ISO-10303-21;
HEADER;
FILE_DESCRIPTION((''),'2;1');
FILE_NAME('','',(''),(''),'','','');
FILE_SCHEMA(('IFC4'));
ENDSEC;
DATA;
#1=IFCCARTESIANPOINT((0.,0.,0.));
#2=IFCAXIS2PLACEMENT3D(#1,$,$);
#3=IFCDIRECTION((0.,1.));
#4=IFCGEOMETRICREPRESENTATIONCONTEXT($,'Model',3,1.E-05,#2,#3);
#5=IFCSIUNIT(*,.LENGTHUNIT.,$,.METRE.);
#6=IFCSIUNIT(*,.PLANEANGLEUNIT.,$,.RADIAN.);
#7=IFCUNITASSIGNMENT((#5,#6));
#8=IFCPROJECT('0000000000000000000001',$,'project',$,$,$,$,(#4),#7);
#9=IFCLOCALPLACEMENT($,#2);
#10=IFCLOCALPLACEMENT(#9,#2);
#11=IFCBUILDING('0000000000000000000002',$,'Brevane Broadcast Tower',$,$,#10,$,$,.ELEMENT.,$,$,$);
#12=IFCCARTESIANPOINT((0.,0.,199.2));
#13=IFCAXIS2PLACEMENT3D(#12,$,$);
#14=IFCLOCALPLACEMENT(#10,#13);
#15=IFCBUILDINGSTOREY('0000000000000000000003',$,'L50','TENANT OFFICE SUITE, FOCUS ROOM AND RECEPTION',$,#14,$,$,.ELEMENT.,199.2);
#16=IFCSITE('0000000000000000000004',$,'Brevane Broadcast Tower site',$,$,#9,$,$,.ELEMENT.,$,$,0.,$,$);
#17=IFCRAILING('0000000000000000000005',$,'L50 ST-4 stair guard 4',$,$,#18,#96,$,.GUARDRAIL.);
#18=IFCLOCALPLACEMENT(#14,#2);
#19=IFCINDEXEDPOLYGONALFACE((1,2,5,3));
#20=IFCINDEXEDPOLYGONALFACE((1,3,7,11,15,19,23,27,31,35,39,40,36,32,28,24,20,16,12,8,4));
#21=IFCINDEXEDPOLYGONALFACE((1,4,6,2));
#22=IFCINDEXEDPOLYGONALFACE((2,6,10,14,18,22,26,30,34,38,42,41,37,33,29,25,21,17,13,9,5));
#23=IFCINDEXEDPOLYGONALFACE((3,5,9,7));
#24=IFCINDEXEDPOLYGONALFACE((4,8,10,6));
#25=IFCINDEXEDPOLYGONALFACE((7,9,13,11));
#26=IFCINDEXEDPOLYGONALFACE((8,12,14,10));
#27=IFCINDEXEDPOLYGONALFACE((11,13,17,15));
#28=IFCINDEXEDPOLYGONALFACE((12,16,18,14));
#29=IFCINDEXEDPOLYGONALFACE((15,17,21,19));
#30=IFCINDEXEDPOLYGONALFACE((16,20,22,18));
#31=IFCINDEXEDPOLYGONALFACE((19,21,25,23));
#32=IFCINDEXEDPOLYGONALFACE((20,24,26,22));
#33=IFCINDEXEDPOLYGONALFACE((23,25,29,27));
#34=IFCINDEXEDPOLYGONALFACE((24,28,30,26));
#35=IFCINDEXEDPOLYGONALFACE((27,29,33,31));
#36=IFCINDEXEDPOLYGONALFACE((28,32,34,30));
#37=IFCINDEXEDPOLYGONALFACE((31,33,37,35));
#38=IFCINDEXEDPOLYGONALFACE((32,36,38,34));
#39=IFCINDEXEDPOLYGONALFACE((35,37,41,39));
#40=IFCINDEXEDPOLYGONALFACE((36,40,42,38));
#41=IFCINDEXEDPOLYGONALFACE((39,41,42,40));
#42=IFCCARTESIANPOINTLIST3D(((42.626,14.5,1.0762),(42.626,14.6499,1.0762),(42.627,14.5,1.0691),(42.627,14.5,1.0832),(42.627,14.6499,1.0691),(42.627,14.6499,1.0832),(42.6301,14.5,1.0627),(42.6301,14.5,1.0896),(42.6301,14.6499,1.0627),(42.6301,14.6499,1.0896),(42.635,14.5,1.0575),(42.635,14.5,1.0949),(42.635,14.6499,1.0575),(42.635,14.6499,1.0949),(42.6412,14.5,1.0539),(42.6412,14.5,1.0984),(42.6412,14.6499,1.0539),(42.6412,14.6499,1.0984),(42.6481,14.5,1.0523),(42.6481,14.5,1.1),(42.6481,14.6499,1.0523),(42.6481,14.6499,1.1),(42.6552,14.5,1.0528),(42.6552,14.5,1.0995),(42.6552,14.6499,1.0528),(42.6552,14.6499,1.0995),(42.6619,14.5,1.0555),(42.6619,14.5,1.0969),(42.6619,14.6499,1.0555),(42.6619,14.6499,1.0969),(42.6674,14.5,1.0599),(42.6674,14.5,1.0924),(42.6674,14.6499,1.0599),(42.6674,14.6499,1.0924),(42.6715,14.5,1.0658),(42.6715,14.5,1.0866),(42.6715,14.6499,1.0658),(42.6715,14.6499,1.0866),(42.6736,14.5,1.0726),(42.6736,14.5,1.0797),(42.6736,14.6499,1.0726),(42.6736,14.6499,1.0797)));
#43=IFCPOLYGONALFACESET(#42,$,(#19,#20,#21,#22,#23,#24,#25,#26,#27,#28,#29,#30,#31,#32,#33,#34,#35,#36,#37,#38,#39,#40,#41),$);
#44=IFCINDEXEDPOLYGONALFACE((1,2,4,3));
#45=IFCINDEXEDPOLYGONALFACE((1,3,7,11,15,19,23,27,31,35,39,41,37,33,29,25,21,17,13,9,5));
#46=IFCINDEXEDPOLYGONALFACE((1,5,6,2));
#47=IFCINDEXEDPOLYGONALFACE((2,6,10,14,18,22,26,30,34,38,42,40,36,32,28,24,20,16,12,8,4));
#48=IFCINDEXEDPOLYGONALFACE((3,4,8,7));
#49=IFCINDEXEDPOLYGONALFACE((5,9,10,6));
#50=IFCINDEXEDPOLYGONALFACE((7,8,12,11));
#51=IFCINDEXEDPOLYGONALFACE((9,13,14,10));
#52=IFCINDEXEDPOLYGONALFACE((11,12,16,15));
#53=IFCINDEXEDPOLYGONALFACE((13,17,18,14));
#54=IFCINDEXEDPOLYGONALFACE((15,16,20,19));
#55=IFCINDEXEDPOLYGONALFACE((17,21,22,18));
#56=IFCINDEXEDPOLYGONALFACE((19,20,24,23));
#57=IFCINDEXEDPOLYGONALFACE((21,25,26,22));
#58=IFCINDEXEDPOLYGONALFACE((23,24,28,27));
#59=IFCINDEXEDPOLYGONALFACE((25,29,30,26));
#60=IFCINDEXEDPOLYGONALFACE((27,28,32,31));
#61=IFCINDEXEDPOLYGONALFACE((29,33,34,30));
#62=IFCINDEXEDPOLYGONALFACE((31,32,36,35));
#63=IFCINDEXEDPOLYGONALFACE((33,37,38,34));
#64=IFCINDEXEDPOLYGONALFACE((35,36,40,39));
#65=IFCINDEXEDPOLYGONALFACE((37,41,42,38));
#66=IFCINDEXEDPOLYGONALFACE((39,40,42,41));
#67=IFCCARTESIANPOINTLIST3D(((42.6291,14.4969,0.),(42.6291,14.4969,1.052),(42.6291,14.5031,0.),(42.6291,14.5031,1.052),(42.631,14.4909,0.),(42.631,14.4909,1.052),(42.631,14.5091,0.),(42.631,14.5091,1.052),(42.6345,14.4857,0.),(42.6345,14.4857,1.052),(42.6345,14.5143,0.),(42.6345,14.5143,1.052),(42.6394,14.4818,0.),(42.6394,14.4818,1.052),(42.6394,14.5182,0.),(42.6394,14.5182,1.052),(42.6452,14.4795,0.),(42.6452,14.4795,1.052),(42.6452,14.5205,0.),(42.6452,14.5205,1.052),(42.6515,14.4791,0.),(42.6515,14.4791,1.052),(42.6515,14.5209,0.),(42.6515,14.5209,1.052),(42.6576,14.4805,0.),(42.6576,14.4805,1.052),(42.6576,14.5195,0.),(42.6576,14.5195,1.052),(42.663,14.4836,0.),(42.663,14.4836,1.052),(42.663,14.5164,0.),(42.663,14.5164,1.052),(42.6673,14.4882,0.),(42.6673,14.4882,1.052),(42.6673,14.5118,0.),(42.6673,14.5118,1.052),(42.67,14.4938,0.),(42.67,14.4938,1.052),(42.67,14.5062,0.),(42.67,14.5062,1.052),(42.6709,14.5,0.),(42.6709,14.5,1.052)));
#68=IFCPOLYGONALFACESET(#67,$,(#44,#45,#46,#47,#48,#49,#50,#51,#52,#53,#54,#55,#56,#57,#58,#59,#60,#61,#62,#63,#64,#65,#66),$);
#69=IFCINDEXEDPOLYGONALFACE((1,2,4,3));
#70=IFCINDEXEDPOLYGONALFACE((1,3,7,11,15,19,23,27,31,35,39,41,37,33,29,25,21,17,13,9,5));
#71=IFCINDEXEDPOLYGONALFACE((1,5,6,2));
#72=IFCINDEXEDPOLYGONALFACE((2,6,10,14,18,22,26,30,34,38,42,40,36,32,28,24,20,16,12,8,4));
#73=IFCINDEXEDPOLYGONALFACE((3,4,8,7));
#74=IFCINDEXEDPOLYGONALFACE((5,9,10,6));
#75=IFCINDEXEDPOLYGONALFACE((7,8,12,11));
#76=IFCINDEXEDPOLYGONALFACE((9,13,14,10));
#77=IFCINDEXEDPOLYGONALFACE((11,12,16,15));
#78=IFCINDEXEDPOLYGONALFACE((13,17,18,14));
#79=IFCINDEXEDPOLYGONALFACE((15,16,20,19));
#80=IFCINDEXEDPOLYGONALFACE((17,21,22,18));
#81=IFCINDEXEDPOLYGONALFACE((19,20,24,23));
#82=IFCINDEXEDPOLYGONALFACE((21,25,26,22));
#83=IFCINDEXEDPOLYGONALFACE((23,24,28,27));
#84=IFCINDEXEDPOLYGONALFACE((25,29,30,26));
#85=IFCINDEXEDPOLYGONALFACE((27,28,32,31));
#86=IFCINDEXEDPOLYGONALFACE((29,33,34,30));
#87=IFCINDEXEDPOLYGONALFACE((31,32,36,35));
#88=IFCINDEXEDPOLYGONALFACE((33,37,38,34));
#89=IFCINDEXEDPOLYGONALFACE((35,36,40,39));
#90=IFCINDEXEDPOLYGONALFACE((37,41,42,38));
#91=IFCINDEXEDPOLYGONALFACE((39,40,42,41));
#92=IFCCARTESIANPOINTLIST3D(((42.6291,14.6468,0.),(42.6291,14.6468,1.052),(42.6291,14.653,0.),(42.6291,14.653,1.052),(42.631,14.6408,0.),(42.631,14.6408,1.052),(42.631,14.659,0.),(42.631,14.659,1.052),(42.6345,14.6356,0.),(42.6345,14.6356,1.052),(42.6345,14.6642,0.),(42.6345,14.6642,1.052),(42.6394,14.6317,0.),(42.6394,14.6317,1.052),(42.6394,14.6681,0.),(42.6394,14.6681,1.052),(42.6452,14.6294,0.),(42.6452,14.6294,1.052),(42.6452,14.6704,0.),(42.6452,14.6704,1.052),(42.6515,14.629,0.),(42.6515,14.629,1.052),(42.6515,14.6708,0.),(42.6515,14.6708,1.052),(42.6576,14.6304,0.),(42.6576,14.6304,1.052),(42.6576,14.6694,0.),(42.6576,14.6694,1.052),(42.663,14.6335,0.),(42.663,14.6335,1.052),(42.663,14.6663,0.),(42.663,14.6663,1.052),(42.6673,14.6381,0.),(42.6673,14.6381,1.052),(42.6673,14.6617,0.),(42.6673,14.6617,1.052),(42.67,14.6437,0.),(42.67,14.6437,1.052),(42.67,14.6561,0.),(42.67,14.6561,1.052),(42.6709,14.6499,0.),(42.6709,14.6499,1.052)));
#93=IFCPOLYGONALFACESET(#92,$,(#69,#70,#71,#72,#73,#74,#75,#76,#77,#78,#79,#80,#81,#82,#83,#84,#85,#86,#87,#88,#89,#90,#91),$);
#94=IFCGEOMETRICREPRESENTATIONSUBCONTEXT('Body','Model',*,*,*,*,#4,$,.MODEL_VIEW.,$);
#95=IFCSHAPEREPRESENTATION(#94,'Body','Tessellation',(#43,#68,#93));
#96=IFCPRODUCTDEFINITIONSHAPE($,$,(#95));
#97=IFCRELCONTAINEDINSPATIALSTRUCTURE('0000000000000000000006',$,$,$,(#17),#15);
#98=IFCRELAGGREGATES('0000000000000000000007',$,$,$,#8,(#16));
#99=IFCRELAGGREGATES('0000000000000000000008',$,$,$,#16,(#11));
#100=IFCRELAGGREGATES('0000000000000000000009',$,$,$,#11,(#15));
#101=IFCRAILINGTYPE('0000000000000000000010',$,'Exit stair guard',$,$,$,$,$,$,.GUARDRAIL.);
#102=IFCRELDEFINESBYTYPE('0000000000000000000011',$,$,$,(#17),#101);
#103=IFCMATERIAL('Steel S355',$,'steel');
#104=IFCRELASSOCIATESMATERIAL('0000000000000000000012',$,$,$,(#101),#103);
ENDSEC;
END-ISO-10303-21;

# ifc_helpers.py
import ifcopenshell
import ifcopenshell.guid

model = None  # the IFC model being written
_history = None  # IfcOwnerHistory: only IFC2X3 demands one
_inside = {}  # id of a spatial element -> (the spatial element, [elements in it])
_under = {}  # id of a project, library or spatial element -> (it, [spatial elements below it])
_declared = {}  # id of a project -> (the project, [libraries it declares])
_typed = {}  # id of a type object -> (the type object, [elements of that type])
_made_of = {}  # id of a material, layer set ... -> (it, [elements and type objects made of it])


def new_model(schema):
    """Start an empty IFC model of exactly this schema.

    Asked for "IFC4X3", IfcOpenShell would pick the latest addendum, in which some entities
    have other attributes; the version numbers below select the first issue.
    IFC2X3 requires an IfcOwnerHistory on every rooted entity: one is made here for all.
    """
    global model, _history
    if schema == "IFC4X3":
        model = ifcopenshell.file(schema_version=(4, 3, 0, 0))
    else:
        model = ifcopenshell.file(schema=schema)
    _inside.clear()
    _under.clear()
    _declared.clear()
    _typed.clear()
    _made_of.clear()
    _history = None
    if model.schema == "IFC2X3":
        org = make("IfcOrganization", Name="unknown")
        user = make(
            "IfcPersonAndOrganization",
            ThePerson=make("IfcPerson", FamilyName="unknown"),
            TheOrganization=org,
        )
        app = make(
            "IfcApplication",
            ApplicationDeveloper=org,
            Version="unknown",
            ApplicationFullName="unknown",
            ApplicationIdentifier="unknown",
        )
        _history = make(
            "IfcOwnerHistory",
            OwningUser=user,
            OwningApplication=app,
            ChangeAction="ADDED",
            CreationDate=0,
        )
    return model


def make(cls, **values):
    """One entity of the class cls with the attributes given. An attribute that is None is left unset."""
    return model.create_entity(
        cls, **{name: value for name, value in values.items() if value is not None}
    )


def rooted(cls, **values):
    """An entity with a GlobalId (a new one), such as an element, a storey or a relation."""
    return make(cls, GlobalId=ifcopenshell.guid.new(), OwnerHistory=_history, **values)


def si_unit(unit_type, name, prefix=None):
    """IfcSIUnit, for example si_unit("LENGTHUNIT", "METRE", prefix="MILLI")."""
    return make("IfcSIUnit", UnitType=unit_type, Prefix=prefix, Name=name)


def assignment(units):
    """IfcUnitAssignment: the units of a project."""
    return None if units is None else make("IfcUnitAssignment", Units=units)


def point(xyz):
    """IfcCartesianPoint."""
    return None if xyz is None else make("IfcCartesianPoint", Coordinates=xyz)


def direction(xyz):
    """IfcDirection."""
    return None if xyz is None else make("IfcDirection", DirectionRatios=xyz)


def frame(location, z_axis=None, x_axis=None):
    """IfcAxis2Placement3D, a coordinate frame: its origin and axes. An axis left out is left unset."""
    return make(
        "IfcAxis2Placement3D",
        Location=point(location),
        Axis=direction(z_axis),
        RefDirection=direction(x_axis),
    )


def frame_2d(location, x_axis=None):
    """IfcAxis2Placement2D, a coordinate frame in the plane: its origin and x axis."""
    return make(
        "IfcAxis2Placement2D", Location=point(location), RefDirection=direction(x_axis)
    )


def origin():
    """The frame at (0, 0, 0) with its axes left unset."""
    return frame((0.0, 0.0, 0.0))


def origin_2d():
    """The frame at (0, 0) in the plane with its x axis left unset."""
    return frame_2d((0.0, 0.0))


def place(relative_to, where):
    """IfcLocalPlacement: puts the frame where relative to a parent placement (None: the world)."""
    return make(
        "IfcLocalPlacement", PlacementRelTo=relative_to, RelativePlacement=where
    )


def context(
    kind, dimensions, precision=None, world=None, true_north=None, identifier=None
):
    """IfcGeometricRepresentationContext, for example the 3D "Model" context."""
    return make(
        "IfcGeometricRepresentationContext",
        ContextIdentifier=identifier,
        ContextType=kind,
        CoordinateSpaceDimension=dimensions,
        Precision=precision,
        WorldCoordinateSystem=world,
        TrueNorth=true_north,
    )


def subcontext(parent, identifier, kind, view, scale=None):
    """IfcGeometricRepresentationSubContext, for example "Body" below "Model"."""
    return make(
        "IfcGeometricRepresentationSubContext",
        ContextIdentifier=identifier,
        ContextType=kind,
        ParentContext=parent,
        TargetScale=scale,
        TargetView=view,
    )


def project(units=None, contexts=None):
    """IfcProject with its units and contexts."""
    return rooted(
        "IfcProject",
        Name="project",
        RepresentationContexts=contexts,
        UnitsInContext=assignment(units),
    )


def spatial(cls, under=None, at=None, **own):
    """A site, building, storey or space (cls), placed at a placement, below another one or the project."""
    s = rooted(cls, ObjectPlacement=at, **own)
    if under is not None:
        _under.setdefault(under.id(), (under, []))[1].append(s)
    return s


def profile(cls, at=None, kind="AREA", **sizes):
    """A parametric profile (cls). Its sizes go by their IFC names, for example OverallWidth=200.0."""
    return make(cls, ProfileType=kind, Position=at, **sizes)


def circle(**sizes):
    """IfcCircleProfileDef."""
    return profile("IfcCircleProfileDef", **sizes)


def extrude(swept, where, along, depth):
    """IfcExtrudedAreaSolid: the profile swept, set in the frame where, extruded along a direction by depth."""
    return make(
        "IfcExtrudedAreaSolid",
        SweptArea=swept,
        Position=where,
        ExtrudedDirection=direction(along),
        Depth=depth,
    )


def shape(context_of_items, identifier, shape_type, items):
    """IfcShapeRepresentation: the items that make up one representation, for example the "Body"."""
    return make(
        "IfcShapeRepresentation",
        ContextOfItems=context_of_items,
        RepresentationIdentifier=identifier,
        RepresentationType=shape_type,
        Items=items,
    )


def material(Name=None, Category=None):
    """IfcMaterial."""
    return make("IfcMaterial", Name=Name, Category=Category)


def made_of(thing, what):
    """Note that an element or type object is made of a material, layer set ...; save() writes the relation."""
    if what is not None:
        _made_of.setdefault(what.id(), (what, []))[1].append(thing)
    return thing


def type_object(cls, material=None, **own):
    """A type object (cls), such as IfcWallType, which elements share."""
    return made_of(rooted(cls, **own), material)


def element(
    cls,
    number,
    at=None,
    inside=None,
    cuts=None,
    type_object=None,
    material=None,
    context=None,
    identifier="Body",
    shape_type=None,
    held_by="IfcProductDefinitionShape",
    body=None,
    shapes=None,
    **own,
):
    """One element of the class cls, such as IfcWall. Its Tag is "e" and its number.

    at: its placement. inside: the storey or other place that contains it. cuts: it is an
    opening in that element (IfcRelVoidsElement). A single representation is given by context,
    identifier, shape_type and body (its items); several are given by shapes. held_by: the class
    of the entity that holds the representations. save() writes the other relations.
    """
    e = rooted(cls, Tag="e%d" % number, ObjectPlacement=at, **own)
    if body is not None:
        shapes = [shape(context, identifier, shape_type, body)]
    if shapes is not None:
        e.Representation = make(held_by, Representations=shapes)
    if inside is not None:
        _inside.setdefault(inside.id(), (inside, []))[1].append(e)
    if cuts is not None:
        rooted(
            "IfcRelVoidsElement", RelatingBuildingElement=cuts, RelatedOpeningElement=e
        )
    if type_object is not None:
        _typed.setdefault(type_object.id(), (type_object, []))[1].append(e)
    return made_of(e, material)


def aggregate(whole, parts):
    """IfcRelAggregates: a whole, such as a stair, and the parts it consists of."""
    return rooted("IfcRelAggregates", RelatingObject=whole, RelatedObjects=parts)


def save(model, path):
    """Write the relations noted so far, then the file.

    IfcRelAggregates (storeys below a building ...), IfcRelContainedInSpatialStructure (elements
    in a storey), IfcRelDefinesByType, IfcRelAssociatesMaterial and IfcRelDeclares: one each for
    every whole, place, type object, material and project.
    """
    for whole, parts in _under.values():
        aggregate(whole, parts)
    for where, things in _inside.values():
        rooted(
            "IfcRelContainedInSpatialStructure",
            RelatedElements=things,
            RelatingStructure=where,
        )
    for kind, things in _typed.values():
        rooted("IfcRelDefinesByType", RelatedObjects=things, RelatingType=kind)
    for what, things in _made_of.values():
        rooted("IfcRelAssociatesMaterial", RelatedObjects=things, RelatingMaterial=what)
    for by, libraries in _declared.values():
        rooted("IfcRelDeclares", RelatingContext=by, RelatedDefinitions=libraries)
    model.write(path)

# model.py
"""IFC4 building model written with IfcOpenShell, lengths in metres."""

from ifc_helpers import new_model, si_unit, direction, frame, origin, origin_2d, place, context, subcontext, project, spatial, circle, extrude, material, type_object, element, save


model = new_model("IFC4")

# Units and contexts
model_context = context("Model", 3, precision=1e-05, world=origin(), true_north=direction((0.0, 1.0)))
body_context = subcontext(model_context, "Body", "Model", "MODEL_VIEW")
ifc_project = project(units=[si_unit("LENGTHUNIT", "METRE"), si_unit("PLANEANGLEUNIT", "RADIAN")], contexts=[model_context])

# Site, building, storey
site_placement = place(None, origin())
site = spatial("IfcSite", under=ifc_project, at=site_placement, Name="Brevane Broadcast Tower site", CompositionType="ELEMENT", RefElevation=0.0)
building_placement = place(site_placement, origin())
building = spatial("IfcBuilding", under=site, at=building_placement, Name="Brevane Broadcast Tower", CompositionType="ELEMENT")
storey_placement = place(building_placement, frame((0.0, 0.0, 199.2)))
storey = spatial("IfcBuildingStorey", under=building, at=storey_placement, Name="L50", Description="TENANT OFFICE SUITE, FOCUS ROOM AND RECEPTION", CompositionType="ELEMENT", Elevation=199.2)

# Railing
ifc_material_1 = material(Name="Steel S355", Category="steel")
railing_type_1 = type_object("IfcRailingType", Name="Exit stair guard", PredefinedType="GUARDRAIL", material=ifc_material_1)
railing_1_placement = place(storey_placement, frame((42.6499, 14.5, 0.0)))
element("IfcRailing", 1, at=railing_1_placement, inside=storey, type_object=railing_type_1, Name="L50 ST-4 stair guard 4", PredefinedType="GUARDRAIL", context=body_context, shape_type="SweptSolid", body=[
    extrude(circle(Radius=0.0239, at=origin_2d()), frame((0.0, 0.0, 1.0762), z_axis=(0.0, 1.0, 0.0), x_axis=(-1.0, 0.0, 0.0)), (0.0, 0.0, 1.0), 0.1499),
    extrude(circle(Radius=0.021, at=origin_2d()), origin(), (0.0, 0.0, 1.0), 1.052),
    extrude(circle(Radius=0.021, at=origin_2d()), frame((0.0, 0.1499, 0.0)), (0.0, 0.0, 1.0), 1.052),
])

save(model, "model.ifc")
